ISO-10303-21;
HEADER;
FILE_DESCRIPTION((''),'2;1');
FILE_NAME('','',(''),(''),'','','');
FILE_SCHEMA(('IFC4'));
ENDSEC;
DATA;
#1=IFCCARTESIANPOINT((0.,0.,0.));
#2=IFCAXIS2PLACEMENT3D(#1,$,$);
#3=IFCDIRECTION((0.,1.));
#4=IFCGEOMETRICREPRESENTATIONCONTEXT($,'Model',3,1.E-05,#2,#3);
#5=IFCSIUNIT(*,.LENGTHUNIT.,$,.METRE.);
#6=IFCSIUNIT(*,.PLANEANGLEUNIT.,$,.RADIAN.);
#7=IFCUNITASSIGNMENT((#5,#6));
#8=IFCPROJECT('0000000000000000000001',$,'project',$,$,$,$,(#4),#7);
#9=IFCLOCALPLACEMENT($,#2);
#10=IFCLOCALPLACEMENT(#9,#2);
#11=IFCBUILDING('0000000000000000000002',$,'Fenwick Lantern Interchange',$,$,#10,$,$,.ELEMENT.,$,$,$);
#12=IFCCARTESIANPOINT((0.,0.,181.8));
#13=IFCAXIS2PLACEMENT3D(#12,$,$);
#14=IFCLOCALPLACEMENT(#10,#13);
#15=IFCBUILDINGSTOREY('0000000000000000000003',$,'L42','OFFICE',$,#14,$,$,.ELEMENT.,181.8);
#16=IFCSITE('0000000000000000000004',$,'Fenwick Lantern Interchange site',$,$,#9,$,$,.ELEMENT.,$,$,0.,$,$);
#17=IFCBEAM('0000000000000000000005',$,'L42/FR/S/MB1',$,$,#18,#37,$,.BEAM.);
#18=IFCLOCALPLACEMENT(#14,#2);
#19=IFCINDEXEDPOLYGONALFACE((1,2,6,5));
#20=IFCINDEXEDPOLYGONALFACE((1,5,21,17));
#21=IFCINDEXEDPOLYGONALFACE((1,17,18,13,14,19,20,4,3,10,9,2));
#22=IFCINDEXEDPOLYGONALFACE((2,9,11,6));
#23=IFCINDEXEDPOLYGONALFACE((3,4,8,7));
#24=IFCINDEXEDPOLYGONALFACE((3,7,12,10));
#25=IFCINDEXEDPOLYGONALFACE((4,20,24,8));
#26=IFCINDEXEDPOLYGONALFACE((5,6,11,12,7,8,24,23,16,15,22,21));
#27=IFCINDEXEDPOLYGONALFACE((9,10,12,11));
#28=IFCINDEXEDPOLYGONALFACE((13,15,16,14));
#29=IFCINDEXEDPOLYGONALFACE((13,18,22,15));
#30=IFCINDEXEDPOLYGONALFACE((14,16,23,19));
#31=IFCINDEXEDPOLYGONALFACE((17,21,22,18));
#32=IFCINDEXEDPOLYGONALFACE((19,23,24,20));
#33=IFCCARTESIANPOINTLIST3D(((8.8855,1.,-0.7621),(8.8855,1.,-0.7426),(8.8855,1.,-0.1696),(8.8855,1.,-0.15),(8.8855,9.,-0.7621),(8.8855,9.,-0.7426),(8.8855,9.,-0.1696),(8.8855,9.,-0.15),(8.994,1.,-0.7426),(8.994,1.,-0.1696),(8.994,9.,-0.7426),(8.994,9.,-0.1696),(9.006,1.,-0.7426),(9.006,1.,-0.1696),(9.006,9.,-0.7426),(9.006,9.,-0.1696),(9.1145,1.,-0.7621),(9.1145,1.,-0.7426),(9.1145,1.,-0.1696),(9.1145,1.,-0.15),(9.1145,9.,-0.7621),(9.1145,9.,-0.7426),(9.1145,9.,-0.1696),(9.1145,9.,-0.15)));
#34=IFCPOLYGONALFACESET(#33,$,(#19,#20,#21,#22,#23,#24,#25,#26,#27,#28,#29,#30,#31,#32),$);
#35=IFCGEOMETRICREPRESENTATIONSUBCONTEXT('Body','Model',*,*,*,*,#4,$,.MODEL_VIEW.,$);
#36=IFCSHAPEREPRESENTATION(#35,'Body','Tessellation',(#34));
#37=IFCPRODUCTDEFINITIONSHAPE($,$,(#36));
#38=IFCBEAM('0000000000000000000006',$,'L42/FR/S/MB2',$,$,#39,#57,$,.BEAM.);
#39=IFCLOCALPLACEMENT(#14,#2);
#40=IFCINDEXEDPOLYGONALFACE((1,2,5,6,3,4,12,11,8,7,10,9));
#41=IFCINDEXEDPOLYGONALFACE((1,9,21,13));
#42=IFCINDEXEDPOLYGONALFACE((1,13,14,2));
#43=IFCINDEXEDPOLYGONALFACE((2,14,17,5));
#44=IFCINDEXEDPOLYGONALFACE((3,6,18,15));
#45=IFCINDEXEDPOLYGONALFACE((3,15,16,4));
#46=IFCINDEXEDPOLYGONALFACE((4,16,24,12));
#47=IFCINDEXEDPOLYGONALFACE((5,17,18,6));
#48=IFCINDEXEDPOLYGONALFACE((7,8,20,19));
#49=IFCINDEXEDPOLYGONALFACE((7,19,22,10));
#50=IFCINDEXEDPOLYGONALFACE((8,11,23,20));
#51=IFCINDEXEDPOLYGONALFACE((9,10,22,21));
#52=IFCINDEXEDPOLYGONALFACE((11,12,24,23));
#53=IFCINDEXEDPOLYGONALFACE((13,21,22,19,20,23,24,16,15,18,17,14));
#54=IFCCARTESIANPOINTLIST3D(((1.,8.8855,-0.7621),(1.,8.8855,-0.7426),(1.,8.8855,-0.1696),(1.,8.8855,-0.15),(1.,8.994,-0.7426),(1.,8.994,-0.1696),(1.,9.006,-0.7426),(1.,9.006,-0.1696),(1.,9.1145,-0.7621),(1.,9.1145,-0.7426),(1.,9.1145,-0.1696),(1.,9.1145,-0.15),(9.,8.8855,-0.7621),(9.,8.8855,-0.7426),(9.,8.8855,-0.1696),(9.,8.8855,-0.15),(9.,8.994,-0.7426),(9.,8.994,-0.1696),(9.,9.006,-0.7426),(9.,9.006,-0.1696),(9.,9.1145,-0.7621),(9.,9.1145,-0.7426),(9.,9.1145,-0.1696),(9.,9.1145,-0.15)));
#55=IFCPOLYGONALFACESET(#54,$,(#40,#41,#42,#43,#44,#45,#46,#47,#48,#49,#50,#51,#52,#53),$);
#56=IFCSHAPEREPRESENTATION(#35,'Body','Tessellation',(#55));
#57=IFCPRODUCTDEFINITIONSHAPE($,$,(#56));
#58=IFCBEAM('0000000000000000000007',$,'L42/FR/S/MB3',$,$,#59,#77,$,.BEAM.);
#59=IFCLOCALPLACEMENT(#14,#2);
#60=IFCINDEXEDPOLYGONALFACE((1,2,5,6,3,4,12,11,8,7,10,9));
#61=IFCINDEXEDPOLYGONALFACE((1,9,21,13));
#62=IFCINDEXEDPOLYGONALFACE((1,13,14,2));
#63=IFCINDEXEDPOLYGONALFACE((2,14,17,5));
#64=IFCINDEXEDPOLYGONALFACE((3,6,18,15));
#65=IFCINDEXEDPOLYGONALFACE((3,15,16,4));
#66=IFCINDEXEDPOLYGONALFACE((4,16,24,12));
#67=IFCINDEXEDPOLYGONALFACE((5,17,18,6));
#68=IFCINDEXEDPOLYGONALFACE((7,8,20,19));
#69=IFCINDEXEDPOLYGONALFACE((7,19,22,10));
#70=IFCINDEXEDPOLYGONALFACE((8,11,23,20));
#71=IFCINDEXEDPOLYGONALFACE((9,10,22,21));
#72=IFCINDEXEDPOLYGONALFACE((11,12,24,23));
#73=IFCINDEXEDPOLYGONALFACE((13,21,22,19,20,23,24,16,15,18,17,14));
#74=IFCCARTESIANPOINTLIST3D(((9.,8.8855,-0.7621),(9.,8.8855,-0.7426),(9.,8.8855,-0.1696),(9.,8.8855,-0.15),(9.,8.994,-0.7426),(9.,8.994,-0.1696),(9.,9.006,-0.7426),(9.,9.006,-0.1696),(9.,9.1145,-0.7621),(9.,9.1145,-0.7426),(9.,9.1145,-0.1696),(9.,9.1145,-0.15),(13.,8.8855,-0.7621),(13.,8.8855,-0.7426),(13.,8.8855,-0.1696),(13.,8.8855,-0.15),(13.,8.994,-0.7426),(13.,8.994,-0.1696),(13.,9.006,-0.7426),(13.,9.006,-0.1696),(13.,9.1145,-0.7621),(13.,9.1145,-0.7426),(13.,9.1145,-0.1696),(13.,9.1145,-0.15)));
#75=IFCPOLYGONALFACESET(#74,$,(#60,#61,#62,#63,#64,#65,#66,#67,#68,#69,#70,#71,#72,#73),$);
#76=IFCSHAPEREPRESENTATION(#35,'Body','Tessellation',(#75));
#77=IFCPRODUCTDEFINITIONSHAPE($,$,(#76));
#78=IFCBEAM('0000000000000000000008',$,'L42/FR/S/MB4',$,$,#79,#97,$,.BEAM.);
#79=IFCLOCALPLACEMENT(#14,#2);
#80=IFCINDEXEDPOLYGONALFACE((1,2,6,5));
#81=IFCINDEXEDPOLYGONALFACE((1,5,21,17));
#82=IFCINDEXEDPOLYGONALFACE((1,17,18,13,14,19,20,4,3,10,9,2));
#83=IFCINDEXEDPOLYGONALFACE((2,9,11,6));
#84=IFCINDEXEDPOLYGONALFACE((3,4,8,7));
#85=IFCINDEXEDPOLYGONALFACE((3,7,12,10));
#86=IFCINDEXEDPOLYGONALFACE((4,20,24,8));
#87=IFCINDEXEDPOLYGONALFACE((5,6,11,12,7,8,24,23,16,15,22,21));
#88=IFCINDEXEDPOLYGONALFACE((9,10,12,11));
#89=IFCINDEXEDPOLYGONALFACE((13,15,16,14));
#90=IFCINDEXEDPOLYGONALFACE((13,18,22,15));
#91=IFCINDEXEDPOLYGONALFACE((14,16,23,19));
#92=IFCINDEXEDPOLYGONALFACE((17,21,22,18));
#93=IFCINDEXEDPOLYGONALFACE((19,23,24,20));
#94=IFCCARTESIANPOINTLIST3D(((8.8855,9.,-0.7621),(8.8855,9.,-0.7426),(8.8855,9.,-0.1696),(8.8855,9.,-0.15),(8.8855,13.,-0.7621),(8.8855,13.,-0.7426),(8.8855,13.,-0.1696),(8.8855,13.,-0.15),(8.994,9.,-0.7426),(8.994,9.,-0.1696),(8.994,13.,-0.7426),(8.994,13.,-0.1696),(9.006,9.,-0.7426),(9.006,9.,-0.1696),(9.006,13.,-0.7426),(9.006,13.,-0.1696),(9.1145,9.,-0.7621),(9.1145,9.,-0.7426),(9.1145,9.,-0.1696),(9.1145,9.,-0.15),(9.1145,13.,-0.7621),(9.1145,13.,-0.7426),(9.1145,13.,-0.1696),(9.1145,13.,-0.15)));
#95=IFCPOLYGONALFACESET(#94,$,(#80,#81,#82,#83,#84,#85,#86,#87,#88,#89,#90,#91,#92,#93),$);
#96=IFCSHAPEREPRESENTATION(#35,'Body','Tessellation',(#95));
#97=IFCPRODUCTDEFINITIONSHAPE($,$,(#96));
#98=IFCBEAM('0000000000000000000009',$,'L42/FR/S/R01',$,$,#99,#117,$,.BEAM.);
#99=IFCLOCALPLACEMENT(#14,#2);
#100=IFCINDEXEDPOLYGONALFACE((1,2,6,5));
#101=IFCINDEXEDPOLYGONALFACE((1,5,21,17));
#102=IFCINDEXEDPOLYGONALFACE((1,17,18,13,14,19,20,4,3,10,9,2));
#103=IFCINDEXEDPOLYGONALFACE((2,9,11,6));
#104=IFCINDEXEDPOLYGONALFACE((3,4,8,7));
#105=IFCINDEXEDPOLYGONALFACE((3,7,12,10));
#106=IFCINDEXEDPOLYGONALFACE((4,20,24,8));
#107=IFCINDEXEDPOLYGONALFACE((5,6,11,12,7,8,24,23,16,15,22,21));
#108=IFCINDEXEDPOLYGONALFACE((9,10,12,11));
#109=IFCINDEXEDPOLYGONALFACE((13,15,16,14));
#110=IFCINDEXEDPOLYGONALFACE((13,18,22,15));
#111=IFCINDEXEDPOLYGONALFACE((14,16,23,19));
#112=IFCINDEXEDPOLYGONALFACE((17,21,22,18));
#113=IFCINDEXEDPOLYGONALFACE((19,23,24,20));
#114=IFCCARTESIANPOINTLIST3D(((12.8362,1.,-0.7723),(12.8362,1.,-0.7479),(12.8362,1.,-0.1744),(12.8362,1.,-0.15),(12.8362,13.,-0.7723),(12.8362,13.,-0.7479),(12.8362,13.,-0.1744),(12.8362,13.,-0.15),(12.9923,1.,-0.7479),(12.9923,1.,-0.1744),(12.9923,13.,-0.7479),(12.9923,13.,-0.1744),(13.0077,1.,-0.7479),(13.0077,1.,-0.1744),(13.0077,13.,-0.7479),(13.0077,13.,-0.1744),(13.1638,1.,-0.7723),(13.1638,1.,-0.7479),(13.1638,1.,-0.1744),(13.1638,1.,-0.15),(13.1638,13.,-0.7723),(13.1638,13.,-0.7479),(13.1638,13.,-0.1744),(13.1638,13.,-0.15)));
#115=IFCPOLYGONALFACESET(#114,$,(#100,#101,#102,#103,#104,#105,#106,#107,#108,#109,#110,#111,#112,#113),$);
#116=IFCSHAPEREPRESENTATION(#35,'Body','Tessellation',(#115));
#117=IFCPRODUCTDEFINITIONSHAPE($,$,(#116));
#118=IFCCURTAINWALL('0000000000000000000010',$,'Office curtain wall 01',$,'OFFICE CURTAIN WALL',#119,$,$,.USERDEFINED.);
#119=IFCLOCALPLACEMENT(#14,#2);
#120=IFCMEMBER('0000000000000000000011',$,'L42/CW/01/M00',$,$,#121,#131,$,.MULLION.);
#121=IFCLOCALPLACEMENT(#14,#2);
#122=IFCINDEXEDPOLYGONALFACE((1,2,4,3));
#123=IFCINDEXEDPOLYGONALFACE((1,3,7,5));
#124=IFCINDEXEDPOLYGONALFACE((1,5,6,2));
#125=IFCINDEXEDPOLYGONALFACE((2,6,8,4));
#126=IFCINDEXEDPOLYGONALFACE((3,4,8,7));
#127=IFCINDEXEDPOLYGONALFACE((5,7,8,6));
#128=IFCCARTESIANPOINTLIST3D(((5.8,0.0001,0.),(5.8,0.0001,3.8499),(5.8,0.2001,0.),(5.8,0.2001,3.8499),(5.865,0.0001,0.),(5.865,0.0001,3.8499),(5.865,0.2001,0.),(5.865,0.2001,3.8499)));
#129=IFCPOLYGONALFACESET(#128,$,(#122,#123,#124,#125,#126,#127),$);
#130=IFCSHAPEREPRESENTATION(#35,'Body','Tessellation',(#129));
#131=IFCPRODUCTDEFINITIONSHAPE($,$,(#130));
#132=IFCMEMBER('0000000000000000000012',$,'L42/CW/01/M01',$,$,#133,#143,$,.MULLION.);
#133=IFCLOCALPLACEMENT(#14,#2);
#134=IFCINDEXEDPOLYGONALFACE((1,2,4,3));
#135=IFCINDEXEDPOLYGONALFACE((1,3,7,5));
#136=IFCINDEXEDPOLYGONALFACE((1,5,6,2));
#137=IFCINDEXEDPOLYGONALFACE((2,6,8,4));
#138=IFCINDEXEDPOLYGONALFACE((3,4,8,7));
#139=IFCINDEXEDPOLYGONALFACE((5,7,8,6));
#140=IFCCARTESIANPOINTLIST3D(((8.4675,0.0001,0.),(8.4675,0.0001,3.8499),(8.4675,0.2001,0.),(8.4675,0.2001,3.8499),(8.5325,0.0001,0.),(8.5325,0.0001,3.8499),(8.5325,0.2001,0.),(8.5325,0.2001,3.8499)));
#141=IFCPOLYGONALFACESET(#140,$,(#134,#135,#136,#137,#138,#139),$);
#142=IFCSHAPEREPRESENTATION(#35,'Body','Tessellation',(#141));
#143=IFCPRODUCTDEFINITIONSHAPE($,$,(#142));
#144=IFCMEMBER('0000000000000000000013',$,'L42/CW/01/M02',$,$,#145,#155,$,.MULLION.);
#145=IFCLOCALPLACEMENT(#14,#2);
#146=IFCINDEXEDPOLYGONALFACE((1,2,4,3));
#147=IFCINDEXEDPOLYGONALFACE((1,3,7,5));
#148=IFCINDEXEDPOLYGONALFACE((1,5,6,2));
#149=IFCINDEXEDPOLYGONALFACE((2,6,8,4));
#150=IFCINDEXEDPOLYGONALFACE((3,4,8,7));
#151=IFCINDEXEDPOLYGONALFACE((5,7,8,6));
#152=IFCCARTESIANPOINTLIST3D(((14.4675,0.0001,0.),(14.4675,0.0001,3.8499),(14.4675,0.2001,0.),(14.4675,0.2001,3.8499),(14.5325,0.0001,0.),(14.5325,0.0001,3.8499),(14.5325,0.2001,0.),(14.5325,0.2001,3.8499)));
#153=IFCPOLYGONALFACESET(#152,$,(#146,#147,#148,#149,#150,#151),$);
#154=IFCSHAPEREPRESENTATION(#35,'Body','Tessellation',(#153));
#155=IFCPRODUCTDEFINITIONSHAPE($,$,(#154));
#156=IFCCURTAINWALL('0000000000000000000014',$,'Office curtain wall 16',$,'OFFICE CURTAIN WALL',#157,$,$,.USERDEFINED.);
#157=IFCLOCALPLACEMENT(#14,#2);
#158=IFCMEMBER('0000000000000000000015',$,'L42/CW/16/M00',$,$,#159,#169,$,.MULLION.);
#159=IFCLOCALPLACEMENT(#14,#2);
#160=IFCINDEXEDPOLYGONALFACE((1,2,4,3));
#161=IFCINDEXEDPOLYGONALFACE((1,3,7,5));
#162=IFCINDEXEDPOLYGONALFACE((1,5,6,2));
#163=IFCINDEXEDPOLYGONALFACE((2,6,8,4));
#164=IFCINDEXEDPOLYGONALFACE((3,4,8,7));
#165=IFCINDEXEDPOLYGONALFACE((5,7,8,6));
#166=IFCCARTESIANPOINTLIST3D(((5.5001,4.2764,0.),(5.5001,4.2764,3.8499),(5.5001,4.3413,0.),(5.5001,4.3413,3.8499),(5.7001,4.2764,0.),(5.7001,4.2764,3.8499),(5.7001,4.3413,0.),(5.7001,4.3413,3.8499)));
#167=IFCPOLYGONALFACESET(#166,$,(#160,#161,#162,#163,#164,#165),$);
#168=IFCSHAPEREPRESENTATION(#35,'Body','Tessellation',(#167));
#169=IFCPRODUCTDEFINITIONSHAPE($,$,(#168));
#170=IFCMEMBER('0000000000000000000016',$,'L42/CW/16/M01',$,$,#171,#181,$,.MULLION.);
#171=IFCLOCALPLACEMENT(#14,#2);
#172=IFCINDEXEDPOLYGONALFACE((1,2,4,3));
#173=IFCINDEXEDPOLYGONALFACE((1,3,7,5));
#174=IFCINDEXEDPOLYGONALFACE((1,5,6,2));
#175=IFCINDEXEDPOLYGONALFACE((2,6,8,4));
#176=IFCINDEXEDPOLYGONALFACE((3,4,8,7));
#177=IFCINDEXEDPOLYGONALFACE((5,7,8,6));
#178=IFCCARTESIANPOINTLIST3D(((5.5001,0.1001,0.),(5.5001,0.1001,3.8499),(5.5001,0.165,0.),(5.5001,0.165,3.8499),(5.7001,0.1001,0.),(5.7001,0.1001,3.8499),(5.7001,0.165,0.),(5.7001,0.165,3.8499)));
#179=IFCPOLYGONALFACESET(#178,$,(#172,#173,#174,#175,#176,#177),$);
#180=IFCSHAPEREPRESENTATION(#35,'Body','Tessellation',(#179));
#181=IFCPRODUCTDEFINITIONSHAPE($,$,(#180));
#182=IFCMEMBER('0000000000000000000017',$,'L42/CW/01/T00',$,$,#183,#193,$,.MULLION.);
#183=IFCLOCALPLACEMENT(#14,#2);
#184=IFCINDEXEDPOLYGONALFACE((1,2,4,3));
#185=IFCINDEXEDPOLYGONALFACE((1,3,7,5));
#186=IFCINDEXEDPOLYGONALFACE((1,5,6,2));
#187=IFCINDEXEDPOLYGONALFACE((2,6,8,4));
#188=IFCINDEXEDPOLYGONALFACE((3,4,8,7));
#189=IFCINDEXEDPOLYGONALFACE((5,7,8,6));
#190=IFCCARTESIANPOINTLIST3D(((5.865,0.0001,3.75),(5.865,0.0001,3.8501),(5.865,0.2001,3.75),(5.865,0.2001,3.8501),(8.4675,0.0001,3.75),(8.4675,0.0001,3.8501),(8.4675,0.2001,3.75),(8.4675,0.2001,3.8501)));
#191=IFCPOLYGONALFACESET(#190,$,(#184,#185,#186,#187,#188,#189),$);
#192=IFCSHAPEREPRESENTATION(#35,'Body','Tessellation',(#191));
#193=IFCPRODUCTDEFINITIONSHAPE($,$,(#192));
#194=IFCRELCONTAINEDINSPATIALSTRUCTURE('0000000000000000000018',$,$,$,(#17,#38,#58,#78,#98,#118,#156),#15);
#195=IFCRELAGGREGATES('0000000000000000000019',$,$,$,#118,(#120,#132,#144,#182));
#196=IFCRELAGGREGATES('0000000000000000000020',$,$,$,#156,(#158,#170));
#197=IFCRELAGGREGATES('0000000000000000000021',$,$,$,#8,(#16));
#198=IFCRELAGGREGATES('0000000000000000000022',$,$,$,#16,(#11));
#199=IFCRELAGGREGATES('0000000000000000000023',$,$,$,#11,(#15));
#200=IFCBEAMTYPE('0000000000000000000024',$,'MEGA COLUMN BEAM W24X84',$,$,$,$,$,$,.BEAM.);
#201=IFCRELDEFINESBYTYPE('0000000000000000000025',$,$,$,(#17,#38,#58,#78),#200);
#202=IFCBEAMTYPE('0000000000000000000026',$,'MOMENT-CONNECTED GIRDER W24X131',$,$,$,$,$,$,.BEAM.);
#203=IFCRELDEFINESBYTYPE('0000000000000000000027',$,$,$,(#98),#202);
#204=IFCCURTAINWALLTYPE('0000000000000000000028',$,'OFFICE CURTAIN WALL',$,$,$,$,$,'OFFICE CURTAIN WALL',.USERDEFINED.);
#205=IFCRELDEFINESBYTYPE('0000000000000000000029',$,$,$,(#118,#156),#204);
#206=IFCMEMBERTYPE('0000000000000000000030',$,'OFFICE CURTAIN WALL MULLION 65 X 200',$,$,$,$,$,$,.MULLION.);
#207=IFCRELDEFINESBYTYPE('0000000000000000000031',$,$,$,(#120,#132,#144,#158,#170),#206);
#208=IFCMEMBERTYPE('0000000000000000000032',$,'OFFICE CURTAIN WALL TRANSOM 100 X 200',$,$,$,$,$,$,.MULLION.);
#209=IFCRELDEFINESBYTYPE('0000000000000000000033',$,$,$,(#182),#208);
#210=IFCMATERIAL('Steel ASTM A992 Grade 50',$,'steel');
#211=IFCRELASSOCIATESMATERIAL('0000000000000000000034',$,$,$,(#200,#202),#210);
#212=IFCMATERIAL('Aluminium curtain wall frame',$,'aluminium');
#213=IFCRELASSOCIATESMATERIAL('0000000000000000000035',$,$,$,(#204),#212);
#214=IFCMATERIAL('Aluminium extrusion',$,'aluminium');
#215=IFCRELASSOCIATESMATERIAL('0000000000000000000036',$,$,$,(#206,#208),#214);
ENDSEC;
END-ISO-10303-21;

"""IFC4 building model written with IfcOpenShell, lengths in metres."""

from ifc_helpers import new_model, si_unit, direction, frame, origin, origin_2d, place, context, subcontext, project, spatial, rectangle, i_section, extrude, material, material_profile, profile_set, type_object, element, aggregate, save


model = new_model("IFC4")

# Units and contexts
model_context = context("Model", 3, precision=1e-05, world=origin(), true_north=direction((0.0, 1.0)))
body_context = subcontext(model_context, "Body", "Model", "MODEL_VIEW")
ifc_project = project(units=[si_unit("LENGTHUNIT", "METRE"), si_unit("PLANEANGLEUNIT", "RADIAN")], contexts=[model_context])

# Site, building, storey
site_placement = place(None, origin())
site = spatial("IfcSite", under=ifc_project, at=site_placement, Name="Fenwick Lantern Interchange site", CompositionType="ELEMENT", RefElevation=0.0)
building_placement = place(site_placement, origin())
building = spatial("IfcBuilding", under=site, at=building_placement, Name="Fenwick Lantern Interchange", CompositionType="ELEMENT")
storey_placement = place(building_placement, frame((0.0, 0.0, 181.8)))
storey = spatial("IfcBuildingStorey", under=building, at=storey_placement, Name="L42", Description="OFFICE", CompositionType="ELEMENT", Elevation=181.8)

# Shared definitions
ifc_material_1 = material(Name="Steel ASTM A992 Grade 50", Category="steel")

# Beams
ifc_material_profile_1 = material_profile(ifc_material_1, i_section(OverallWidth=0.229, OverallDepth=0.6121, WebThickness=0.012, FlangeThickness=0.0195, at=origin_2d()), Name="W24X84")
ifc_profile_set_1 = profile_set([ifc_material_profile_1], Name="Steel ASTM A992 Grade 50")
beam_type_1 = type_object("IfcBeamType", Name="MEGA COLUMN BEAM W24X84", PredefinedType="BEAM", material=ifc_profile_set_1)
for number, where, z_axis, x_axis, name in (
    (1, (9.0, 9.0, -0.4561), (0.0, -1.0, 0.0), (1.0, 0.0, 0.0), "L42/FR/S/MB1"),
    (2, (9.0, 9.0, -0.4561), (-1.0, 0.0, 0.0), (0.0, -1.0, 0.0), "L42/FR/S/MB2"),
):
    element("IfcBeam", number, at=place(storey_placement, frame(where, z_axis=z_axis, x_axis=x_axis)), inside=storey, type_object=beam_type_1, Name=name, PredefinedType="BEAM", context=body_context, shape_type="SweptSolid", body=[
        extrude(i_section(OverallWidth=0.229, OverallDepth=0.6121, WebThickness=0.012, FlangeThickness=0.0195, at=origin_2d()), origin(), (0.0, 0.0, 1.0), 8.0),
    ])
for number, where, z_axis, x_axis, name in (
    (3, (9.0, 9.0, -0.4561), (1.0, 0.0, 0.0), (0.0, 1.0, 0.0), "L42/FR/S/MB3"),
    (4, (9.0, 9.0, -0.4561), (0.0, 1.0, 0.0), (-1.0, 0.0, 0.0), "L42/FR/S/MB4"),
):
    element("IfcBeam", number, at=place(storey_placement, frame(where, z_axis=z_axis, x_axis=x_axis)), inside=storey, type_object=beam_type_1, Name=name, PredefinedType="BEAM", context=body_context, shape_type="SweptSolid", body=[
        extrude(i_section(OverallWidth=0.229, OverallDepth=0.6121, WebThickness=0.012, FlangeThickness=0.0195, at=origin_2d()), origin(), (0.0, 0.0, 1.0), 4.0),
    ])
ifc_material_profile_2 = material_profile(ifc_material_1, i_section(OverallWidth=0.3276, OverallDepth=0.6223, WebThickness=0.0154, FlangeThickness=0.0244, at=origin_2d()), Name="W24X131")
ifc_profile_set_2 = profile_set([ifc_material_profile_2], Name="Steel ASTM A992 Grade 50")
beam_type_2 = type_object("IfcBeamType", Name="MOMENT-CONNECTED GIRDER W24X131", PredefinedType="BEAM", material=ifc_profile_set_2)
beam_1_placement = place(storey_placement, frame((13.0, 1.0, -0.4612), z_axis=(0.0, 1.0, 0.0), x_axis=(-1.0, 0.0, 0.0)))
element("IfcBeam", 5, at=beam_1_placement, inside=storey, type_object=beam_type_2, Name="L42/FR/S/R01", PredefinedType="BEAM", context=body_context, shape_type="SweptSolid", body=[
    extrude(i_section(OverallWidth=0.3276, OverallDepth=0.6223, WebThickness=0.0154, FlangeThickness=0.0244, at=origin_2d()), origin(), (0.0, 0.0, 1.0), 12.0),
])

# Curtain walls, members
ifc_material_2 = material(Name="Aluminium curtain wall frame", Category="aluminium")
curtain_wall_type = type_object("IfcCurtainWallType", Name="OFFICE CURTAIN WALL", ElementType="OFFICE CURTAIN WALL", PredefinedType="USERDEFINED", material=ifc_material_2)
curtain_wall_1_placement = place(storey_placement, origin())
curtain_wall_1 = element("IfcCurtainWall", 6, at=curtain_wall_1_placement, inside=storey, type_object=curtain_wall_type, Name="Office curtain wall 01", ObjectType="OFFICE CURTAIN WALL", PredefinedType="USERDEFINED")
ifc_material_3 = material(Name="Aluminium extrusion", Category="aluminium")
ifc_material_profile_3 = material_profile(ifc_material_3, rectangle(XDim=0.2, YDim=0.0649, at=origin_2d()), Name="OFFICE CURTAIN WALL MULLION 65 X 200")
ifc_profile_set_3 = profile_set([ifc_material_profile_3], Name="Aluminium extrusion")
member_type_1 = type_object("IfcMemberType", Name="OFFICE CURTAIN WALL MULLION 65 X 200", PredefinedType="MULLION", material=ifc_profile_set_3)
member_1_placement = place(storey_placement, frame((5.8325, 0.1001, 0.0), z_axis=(0.0, 0.0, 1.0), x_axis=(0.0, 1.0, 0.0)))
member_1 = element("IfcMember", 7, at=member_1_placement, type_object=member_type_1, Name="L42/CW/01/M00", PredefinedType="MULLION", context=body_context, shape_type="SweptSolid", body=[
    extrude(rectangle(XDim=0.2, YDim=0.0649, at=origin_2d()), origin(), (0.0, 0.0, 1.0), 3.8499),
])
member_2_placement = place(storey_placement, frame((8.5, 0.1001, 0.0), z_axis=(0.0, 0.0, 1.0), x_axis=(0.0, 1.0, 0.0)))
member_2 = element("IfcMember", 8, at=member_2_placement, type_object=member_type_1, Name="L42/CW/01/M01", PredefinedType="MULLION", context=body_context, shape_type="SweptSolid", body=[
    extrude(rectangle(XDim=0.2, YDim=0.0649, at=origin_2d()), origin(), (0.0, 0.0, 1.0), 3.8499),
])
member_3_placement = place(storey_placement, frame((14.5, 0.1001, 0.0), z_axis=(0.0, 0.0, 1.0), x_axis=(0.0, 1.0, 0.0)))
member_3 = element("IfcMember", 9, at=member_3_placement, type_object=member_type_1, Name="L42/CW/01/M02", PredefinedType="MULLION", context=body_context, shape_type="SweptSolid", body=[
    extrude(rectangle(XDim=0.2, YDim=0.0649, at=origin_2d()), origin(), (0.0, 0.0, 1.0), 3.8499),
])
curtain_wall_2_placement = place(storey_placement, origin())
curtain_wall_2 = element("IfcCurtainWall", 10, at=curtain_wall_2_placement, inside=storey, type_object=curtain_wall_type, Name="Office curtain wall 16", ObjectType="OFFICE CURTAIN WALL", PredefinedType="USERDEFINED")
member_4_placement = place(storey_placement, frame((5.6001, 4.3088, 0.0), z_axis=(0.0, 0.0, 1.0), x_axis=(1.0, 0.0, 0.0)))
member_4 = element("IfcMember", 11, at=member_4_placement, type_object=member_type_1, Name="L42/CW/16/M00", PredefinedType="MULLION", context=body_context, shape_type="SweptSolid", body=[
    extrude(rectangle(XDim=0.2, YDim=0.0649, at=origin_2d()), origin(), (0.0, 0.0, 1.0), 3.8499),
])
member_5_placement = place(storey_placement, frame((5.6001, 0.1326, 0.0), z_axis=(0.0, 0.0, 1.0), x_axis=(1.0, 0.0, 0.0)))
member_5 = element("IfcMember", 12, at=member_5_placement, type_object=member_type_1, Name="L42/CW/16/M01", PredefinedType="MULLION", context=body_context, shape_type="SweptSolid", body=[
    extrude(rectangle(XDim=0.2, YDim=0.0649, at=origin_2d()), origin(), (0.0, 0.0, 1.0), 3.8499),
])

# Member
ifc_material_profile_4 = material_profile(ifc_material_3, rectangle(XDim=0.2, YDim=0.1001, at=origin_2d()), Name="OFFICE CURTAIN WALL TRANSOM 100 X 200")
ifc_profile_set_4 = profile_set([ifc_material_profile_4], Name="Aluminium extrusion")
member_type_2 = type_object("IfcMemberType", Name="OFFICE CURTAIN WALL TRANSOM 100 X 200", PredefinedType="MULLION", material=ifc_profile_set_4)
member_6_placement = place(storey_placement, frame((5.865, 0.1001, 3.8), z_axis=(1.0, 0.0, 0.0), x_axis=(0.0, 1.0, 0.0)))
member_6 = element("IfcMember", 13, at=member_6_placement, type_object=member_type_2, Name="L42/CW/01/T00", PredefinedType="MULLION", context=body_context, shape_type="SweptSolid", body=[
    extrude(rectangle(XDim=0.2, YDim=0.1001, at=origin_2d()), origin(), (0.0, 0.0, 1.0), 2.6025),
])

aggregate(curtain_wall_1, [member_1, member_2, member_3, member_6])
aggregate(curtain_wall_2, [member_4, member_5])

save(model, "model.ifc")
